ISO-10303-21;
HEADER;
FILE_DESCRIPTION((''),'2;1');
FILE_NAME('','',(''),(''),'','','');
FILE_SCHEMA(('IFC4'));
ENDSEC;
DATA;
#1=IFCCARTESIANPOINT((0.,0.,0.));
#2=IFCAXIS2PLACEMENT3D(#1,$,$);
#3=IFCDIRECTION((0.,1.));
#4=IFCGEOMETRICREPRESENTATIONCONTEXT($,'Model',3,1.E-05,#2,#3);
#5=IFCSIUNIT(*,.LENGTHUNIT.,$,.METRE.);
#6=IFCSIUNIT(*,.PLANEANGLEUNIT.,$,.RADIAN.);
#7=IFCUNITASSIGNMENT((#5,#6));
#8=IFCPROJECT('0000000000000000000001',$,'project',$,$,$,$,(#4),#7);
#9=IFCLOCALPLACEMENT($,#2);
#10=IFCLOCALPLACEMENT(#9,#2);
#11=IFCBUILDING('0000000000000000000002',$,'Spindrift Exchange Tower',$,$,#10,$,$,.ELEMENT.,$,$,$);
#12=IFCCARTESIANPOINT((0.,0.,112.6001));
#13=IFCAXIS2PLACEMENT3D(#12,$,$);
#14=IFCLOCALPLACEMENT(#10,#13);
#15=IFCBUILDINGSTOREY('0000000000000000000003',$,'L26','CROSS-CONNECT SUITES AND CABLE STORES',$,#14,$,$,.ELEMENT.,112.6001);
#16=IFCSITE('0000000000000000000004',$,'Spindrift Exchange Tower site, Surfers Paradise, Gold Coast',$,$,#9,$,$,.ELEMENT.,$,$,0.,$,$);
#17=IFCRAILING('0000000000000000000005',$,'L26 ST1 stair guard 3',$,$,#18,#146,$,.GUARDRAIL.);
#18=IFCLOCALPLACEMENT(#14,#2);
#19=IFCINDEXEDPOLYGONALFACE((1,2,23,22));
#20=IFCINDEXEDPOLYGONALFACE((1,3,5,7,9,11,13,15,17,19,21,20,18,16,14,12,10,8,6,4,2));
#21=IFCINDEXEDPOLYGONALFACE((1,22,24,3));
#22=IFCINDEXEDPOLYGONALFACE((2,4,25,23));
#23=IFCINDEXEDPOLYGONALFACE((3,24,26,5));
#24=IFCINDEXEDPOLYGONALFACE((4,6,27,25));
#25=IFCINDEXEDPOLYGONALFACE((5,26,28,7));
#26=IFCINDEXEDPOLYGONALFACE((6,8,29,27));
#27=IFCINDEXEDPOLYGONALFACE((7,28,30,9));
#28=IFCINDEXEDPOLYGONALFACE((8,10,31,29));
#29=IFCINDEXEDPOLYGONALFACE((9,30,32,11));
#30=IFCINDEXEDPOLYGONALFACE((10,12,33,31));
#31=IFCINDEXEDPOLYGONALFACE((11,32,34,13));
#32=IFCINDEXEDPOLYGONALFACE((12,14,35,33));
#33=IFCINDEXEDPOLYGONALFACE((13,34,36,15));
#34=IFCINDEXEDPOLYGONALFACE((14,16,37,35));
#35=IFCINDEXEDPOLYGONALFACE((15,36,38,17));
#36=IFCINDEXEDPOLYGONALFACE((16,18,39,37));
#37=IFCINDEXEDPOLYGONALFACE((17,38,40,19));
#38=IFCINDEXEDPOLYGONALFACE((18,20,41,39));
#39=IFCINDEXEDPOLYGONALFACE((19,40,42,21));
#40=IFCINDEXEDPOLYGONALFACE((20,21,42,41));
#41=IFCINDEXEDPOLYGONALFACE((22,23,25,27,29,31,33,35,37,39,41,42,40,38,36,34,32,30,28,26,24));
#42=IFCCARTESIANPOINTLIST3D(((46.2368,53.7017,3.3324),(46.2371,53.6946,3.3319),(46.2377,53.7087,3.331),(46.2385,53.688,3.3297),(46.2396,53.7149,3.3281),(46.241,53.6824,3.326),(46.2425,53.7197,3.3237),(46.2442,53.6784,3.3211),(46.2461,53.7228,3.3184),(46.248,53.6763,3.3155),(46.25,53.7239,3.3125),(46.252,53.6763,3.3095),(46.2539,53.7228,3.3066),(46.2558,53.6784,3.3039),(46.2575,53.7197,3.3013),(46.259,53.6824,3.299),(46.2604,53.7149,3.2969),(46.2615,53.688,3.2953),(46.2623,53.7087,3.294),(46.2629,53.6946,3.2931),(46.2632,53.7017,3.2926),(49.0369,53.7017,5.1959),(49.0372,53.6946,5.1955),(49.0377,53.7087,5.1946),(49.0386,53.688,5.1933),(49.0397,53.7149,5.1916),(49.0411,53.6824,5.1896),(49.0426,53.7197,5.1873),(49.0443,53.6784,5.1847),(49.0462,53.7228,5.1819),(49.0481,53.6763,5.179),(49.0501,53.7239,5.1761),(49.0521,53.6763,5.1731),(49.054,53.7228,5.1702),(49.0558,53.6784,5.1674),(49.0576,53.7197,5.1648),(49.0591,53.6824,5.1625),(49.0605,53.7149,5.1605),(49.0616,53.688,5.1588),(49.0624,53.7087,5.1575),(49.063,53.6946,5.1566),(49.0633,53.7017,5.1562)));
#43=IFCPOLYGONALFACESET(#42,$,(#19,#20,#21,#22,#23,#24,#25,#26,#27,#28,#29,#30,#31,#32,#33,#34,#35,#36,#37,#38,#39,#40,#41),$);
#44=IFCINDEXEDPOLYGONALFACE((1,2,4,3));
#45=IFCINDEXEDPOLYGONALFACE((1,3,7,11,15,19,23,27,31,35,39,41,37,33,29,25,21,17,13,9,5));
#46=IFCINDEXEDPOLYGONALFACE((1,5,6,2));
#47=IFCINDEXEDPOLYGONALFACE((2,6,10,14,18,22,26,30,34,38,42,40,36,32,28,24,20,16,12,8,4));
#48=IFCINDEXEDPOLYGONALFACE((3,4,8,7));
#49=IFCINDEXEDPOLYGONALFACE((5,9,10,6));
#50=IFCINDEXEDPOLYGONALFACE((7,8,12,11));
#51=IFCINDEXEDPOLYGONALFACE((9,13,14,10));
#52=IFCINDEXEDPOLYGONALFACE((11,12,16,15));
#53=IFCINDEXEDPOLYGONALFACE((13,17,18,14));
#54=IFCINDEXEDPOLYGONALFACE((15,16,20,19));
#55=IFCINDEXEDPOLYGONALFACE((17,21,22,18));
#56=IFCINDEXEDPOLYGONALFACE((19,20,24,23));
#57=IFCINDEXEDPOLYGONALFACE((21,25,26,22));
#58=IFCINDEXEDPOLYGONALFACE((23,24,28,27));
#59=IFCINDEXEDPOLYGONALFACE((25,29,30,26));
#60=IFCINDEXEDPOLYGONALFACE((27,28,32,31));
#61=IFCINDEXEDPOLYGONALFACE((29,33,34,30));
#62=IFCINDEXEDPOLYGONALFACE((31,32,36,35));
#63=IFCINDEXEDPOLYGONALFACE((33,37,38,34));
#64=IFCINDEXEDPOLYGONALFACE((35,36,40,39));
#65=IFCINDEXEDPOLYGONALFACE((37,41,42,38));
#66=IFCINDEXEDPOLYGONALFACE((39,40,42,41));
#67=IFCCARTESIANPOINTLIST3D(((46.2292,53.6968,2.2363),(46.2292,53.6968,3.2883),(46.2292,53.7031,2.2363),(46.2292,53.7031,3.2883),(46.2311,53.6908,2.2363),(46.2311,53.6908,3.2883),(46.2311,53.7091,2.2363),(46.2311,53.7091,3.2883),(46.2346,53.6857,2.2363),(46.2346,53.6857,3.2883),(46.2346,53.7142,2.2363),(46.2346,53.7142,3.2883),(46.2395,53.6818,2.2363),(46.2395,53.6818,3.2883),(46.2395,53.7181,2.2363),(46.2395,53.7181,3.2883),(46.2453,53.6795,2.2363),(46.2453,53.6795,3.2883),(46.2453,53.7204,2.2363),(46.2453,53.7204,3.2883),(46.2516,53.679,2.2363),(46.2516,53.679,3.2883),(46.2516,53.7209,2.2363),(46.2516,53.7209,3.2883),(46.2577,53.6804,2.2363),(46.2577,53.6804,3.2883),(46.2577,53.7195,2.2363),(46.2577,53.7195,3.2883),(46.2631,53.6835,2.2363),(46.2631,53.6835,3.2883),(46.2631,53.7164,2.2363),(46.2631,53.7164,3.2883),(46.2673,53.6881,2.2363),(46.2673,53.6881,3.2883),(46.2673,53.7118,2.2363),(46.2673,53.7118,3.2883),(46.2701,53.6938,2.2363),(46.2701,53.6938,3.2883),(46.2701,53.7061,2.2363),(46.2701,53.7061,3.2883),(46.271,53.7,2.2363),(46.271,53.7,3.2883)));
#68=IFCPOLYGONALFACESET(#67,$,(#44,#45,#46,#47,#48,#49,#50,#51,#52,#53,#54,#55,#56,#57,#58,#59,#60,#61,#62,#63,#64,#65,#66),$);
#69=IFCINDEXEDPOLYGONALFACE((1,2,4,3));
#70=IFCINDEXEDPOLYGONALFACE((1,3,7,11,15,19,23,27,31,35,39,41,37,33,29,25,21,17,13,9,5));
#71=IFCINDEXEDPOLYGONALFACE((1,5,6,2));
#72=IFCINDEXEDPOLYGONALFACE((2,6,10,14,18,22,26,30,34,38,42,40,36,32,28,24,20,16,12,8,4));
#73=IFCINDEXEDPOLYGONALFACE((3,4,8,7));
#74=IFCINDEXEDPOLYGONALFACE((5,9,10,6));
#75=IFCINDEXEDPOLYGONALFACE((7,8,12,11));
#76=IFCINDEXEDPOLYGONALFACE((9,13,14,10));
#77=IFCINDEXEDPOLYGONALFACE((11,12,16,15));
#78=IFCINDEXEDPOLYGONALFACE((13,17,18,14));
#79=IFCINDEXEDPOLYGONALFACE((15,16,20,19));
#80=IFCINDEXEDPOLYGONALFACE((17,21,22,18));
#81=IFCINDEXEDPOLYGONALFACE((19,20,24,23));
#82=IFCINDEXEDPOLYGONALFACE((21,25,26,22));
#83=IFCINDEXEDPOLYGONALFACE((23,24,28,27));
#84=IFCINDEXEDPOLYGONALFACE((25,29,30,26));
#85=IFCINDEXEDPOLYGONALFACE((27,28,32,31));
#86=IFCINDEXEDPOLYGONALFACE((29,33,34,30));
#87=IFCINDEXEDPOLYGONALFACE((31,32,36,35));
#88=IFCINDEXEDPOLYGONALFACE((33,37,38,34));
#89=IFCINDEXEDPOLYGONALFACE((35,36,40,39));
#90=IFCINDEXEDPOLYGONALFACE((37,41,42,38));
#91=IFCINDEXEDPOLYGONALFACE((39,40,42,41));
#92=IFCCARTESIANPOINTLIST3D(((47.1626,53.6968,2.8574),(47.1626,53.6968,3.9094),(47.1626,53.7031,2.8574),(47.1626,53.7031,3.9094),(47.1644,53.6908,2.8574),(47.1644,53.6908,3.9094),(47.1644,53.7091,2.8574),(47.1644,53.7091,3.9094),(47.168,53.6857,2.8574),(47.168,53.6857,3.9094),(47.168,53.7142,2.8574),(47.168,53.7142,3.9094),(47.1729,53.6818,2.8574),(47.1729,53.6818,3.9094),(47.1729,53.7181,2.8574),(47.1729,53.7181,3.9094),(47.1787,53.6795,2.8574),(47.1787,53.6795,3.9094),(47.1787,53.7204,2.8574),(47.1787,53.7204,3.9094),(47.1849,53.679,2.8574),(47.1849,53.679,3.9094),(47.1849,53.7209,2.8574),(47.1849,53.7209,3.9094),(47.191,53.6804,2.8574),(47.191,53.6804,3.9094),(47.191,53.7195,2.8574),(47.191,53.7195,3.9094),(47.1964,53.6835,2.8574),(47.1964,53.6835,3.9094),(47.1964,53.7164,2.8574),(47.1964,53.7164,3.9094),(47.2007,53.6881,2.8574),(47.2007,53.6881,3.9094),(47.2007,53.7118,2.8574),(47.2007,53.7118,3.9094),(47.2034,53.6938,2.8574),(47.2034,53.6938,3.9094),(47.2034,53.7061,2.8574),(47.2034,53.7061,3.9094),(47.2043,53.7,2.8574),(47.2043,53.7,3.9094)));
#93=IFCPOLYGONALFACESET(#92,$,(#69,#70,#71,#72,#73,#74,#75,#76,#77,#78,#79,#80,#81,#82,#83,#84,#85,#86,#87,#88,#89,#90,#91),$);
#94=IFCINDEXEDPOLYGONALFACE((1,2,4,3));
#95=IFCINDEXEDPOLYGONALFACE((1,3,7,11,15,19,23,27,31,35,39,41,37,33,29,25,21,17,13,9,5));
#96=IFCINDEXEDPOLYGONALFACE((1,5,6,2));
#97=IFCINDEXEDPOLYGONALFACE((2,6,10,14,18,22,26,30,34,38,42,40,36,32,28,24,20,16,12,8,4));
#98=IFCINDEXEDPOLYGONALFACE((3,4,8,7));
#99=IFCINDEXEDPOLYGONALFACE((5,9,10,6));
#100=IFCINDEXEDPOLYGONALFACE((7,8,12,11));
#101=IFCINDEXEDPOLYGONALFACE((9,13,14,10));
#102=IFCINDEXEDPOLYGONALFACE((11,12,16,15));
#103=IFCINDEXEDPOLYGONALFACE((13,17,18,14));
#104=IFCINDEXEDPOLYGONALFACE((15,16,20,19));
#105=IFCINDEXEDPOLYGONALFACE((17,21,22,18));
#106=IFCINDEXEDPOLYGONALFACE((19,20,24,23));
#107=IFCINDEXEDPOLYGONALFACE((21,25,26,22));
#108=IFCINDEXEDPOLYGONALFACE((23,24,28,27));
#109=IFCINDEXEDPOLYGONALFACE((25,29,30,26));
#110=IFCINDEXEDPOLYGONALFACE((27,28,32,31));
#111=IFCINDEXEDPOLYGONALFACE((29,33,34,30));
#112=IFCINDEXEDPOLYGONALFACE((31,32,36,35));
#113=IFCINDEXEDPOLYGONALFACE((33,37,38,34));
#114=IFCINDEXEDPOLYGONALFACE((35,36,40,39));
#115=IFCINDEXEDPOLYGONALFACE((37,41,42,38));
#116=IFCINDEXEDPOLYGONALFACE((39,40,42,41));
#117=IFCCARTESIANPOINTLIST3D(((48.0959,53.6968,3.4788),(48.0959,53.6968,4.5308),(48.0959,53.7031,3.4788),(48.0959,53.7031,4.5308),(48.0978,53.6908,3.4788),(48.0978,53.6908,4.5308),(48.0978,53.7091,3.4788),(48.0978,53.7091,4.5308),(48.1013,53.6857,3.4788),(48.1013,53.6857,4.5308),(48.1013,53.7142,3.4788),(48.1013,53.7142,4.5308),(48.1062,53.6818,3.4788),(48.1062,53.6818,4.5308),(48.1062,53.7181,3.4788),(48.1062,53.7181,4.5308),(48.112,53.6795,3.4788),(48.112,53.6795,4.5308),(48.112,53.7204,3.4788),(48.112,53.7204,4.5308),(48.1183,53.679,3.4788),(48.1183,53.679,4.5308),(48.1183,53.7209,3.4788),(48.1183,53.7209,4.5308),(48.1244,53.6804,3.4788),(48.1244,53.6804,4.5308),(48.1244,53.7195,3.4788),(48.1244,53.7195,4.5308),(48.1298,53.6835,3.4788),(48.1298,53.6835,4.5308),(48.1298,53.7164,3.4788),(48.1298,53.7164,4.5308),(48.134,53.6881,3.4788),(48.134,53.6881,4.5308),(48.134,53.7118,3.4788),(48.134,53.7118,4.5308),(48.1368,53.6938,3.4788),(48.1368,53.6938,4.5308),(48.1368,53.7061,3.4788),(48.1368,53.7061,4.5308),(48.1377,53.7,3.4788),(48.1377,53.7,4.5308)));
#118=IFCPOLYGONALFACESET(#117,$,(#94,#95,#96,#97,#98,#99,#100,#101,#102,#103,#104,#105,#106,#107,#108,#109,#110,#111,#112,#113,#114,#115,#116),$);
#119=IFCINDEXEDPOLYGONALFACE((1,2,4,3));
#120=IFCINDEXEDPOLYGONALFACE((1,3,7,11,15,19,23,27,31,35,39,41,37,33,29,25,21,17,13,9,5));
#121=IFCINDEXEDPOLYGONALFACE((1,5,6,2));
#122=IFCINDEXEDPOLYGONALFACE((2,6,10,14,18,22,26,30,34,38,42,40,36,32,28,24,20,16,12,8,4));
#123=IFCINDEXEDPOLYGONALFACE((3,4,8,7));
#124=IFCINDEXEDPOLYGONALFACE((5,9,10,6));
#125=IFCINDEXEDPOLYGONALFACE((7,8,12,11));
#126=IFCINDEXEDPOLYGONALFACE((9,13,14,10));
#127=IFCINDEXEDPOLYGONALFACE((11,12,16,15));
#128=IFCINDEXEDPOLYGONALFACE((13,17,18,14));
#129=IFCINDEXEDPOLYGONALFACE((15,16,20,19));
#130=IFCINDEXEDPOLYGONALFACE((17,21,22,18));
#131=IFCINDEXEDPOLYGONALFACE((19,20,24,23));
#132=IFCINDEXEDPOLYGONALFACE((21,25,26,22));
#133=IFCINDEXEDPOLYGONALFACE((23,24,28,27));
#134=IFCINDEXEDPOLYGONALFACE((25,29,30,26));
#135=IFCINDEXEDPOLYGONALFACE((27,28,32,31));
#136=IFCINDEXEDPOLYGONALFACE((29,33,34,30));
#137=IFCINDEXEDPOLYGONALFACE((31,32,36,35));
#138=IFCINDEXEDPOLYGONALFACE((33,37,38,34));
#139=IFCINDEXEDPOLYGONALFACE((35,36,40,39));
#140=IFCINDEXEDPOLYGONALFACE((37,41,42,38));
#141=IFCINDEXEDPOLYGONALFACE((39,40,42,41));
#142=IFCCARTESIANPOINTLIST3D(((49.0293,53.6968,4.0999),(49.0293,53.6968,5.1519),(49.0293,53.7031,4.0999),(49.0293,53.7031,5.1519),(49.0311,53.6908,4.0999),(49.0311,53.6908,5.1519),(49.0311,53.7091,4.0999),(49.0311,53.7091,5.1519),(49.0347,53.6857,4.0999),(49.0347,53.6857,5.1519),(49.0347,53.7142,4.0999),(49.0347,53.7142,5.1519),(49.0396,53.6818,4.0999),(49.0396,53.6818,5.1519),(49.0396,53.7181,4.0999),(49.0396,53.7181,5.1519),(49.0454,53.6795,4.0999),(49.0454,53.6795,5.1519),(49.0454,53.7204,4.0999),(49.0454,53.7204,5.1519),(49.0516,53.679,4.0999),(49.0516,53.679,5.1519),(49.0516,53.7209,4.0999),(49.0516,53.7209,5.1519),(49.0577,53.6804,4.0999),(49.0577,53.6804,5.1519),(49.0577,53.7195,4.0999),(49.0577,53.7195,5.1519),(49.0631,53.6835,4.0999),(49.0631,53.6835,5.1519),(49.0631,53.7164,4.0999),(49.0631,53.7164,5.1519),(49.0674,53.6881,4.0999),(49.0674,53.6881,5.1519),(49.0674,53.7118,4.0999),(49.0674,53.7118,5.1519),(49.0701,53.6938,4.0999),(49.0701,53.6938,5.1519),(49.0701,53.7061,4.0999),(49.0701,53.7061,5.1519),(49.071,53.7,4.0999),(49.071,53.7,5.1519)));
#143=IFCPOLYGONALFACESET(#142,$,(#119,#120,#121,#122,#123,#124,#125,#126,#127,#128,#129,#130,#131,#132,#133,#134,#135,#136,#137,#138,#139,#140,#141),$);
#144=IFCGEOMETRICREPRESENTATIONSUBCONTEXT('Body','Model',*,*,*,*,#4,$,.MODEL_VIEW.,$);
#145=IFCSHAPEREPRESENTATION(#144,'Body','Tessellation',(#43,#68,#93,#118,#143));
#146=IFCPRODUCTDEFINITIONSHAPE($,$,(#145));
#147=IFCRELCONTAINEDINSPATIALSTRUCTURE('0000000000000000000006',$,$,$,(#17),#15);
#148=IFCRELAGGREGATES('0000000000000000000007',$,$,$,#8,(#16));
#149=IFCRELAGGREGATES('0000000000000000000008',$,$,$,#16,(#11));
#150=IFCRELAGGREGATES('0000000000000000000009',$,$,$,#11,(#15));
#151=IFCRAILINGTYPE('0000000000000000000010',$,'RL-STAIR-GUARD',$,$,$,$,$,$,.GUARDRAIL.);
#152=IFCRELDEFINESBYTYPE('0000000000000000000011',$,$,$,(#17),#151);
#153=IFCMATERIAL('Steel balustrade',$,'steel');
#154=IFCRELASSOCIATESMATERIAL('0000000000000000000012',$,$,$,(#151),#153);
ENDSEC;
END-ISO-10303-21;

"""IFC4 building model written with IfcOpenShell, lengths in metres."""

from ifc_helpers import new_model, si_unit, direction, frame, origin, origin_2d, place, context, subcontext, project, spatial, circle, extrude, material, type_object, element, save


model = new_model("IFC4")

# Units and contexts
model_context = context("Model", 3, precision=1e-05, world=origin(), true_north=direction((0.0, 1.0)))
body_context = subcontext(model_context, "Body", "Model", "MODEL_VIEW")
ifc_project = project(units=[si_unit("LENGTHUNIT", "METRE"), si_unit("PLANEANGLEUNIT", "RADIAN")], contexts=[model_context])

# Site, building, storey
site_placement = place(None, origin())
site = spatial("IfcSite", under=ifc_project, at=site_placement, Name="Spindrift Exchange Tower site, Surfers Paradise, Gold Coast", CompositionType="ELEMENT", RefElevation=0.0)
building_placement = place(site_placement, origin())
building = spatial("IfcBuilding", under=site, at=building_placement, Name="Spindrift Exchange Tower", CompositionType="ELEMENT")
storey_placement = place(building_placement, frame((0.0, 0.0, 112.6001)))
storey = spatial("IfcBuildingStorey", under=building, at=storey_placement, Name="L26", Description="CROSS-CONNECT SUITES AND CABLE STORES", CompositionType="ELEMENT", Elevation=112.6001)

# Railing
ifc_material_1 = material(Name="Steel balustrade", Category="steel")
railing_type_1 = type_object("IfcRailingType", Name="RL-STAIR-GUARD", PredefinedType="GUARDRAIL", material=ifc_material_1)
railing_1_placement = place(storey_placement, frame((46.25, 53.7, 2.2363)))
element("IfcRailing", 1, at=railing_1_placement, inside=storey, type_object=railing_type_1, Name="L26 ST1 stair guard 3", PredefinedType="GUARDRAIL", context=body_context, shape_type="SweptSolid", body=[
    extrude(circle(Radius=0.0239, at=origin_2d()), frame((0.0, 0.0, 1.0762), z_axis=(0.832486, 0.0, 0.554047), x_axis=(0.0, 1.0, 0.0)), (0.0, 0.0, 1.0), 3.3635),
    extrude(circle(Radius=0.021, at=origin_2d()), origin(), (0.0, 0.0, 1.0), 1.052),
    extrude(circle(Radius=0.021, at=origin_2d()), frame((0.9333, 0.0, 0.6211)), (0.0, 0.0, 1.0), 1.052),
    extrude(circle(Radius=0.021, at=origin_2d()), frame((1.8667, 0.0, 1.2424)), (0.0, 0.0, 1.0), 1.052),
    extrude(circle(Radius=0.021, at=origin_2d()), frame((2.8, 0.0, 1.8635)), (0.0, 0.0, 1.0), 1.052),
])

save(model, "model.ifc")
